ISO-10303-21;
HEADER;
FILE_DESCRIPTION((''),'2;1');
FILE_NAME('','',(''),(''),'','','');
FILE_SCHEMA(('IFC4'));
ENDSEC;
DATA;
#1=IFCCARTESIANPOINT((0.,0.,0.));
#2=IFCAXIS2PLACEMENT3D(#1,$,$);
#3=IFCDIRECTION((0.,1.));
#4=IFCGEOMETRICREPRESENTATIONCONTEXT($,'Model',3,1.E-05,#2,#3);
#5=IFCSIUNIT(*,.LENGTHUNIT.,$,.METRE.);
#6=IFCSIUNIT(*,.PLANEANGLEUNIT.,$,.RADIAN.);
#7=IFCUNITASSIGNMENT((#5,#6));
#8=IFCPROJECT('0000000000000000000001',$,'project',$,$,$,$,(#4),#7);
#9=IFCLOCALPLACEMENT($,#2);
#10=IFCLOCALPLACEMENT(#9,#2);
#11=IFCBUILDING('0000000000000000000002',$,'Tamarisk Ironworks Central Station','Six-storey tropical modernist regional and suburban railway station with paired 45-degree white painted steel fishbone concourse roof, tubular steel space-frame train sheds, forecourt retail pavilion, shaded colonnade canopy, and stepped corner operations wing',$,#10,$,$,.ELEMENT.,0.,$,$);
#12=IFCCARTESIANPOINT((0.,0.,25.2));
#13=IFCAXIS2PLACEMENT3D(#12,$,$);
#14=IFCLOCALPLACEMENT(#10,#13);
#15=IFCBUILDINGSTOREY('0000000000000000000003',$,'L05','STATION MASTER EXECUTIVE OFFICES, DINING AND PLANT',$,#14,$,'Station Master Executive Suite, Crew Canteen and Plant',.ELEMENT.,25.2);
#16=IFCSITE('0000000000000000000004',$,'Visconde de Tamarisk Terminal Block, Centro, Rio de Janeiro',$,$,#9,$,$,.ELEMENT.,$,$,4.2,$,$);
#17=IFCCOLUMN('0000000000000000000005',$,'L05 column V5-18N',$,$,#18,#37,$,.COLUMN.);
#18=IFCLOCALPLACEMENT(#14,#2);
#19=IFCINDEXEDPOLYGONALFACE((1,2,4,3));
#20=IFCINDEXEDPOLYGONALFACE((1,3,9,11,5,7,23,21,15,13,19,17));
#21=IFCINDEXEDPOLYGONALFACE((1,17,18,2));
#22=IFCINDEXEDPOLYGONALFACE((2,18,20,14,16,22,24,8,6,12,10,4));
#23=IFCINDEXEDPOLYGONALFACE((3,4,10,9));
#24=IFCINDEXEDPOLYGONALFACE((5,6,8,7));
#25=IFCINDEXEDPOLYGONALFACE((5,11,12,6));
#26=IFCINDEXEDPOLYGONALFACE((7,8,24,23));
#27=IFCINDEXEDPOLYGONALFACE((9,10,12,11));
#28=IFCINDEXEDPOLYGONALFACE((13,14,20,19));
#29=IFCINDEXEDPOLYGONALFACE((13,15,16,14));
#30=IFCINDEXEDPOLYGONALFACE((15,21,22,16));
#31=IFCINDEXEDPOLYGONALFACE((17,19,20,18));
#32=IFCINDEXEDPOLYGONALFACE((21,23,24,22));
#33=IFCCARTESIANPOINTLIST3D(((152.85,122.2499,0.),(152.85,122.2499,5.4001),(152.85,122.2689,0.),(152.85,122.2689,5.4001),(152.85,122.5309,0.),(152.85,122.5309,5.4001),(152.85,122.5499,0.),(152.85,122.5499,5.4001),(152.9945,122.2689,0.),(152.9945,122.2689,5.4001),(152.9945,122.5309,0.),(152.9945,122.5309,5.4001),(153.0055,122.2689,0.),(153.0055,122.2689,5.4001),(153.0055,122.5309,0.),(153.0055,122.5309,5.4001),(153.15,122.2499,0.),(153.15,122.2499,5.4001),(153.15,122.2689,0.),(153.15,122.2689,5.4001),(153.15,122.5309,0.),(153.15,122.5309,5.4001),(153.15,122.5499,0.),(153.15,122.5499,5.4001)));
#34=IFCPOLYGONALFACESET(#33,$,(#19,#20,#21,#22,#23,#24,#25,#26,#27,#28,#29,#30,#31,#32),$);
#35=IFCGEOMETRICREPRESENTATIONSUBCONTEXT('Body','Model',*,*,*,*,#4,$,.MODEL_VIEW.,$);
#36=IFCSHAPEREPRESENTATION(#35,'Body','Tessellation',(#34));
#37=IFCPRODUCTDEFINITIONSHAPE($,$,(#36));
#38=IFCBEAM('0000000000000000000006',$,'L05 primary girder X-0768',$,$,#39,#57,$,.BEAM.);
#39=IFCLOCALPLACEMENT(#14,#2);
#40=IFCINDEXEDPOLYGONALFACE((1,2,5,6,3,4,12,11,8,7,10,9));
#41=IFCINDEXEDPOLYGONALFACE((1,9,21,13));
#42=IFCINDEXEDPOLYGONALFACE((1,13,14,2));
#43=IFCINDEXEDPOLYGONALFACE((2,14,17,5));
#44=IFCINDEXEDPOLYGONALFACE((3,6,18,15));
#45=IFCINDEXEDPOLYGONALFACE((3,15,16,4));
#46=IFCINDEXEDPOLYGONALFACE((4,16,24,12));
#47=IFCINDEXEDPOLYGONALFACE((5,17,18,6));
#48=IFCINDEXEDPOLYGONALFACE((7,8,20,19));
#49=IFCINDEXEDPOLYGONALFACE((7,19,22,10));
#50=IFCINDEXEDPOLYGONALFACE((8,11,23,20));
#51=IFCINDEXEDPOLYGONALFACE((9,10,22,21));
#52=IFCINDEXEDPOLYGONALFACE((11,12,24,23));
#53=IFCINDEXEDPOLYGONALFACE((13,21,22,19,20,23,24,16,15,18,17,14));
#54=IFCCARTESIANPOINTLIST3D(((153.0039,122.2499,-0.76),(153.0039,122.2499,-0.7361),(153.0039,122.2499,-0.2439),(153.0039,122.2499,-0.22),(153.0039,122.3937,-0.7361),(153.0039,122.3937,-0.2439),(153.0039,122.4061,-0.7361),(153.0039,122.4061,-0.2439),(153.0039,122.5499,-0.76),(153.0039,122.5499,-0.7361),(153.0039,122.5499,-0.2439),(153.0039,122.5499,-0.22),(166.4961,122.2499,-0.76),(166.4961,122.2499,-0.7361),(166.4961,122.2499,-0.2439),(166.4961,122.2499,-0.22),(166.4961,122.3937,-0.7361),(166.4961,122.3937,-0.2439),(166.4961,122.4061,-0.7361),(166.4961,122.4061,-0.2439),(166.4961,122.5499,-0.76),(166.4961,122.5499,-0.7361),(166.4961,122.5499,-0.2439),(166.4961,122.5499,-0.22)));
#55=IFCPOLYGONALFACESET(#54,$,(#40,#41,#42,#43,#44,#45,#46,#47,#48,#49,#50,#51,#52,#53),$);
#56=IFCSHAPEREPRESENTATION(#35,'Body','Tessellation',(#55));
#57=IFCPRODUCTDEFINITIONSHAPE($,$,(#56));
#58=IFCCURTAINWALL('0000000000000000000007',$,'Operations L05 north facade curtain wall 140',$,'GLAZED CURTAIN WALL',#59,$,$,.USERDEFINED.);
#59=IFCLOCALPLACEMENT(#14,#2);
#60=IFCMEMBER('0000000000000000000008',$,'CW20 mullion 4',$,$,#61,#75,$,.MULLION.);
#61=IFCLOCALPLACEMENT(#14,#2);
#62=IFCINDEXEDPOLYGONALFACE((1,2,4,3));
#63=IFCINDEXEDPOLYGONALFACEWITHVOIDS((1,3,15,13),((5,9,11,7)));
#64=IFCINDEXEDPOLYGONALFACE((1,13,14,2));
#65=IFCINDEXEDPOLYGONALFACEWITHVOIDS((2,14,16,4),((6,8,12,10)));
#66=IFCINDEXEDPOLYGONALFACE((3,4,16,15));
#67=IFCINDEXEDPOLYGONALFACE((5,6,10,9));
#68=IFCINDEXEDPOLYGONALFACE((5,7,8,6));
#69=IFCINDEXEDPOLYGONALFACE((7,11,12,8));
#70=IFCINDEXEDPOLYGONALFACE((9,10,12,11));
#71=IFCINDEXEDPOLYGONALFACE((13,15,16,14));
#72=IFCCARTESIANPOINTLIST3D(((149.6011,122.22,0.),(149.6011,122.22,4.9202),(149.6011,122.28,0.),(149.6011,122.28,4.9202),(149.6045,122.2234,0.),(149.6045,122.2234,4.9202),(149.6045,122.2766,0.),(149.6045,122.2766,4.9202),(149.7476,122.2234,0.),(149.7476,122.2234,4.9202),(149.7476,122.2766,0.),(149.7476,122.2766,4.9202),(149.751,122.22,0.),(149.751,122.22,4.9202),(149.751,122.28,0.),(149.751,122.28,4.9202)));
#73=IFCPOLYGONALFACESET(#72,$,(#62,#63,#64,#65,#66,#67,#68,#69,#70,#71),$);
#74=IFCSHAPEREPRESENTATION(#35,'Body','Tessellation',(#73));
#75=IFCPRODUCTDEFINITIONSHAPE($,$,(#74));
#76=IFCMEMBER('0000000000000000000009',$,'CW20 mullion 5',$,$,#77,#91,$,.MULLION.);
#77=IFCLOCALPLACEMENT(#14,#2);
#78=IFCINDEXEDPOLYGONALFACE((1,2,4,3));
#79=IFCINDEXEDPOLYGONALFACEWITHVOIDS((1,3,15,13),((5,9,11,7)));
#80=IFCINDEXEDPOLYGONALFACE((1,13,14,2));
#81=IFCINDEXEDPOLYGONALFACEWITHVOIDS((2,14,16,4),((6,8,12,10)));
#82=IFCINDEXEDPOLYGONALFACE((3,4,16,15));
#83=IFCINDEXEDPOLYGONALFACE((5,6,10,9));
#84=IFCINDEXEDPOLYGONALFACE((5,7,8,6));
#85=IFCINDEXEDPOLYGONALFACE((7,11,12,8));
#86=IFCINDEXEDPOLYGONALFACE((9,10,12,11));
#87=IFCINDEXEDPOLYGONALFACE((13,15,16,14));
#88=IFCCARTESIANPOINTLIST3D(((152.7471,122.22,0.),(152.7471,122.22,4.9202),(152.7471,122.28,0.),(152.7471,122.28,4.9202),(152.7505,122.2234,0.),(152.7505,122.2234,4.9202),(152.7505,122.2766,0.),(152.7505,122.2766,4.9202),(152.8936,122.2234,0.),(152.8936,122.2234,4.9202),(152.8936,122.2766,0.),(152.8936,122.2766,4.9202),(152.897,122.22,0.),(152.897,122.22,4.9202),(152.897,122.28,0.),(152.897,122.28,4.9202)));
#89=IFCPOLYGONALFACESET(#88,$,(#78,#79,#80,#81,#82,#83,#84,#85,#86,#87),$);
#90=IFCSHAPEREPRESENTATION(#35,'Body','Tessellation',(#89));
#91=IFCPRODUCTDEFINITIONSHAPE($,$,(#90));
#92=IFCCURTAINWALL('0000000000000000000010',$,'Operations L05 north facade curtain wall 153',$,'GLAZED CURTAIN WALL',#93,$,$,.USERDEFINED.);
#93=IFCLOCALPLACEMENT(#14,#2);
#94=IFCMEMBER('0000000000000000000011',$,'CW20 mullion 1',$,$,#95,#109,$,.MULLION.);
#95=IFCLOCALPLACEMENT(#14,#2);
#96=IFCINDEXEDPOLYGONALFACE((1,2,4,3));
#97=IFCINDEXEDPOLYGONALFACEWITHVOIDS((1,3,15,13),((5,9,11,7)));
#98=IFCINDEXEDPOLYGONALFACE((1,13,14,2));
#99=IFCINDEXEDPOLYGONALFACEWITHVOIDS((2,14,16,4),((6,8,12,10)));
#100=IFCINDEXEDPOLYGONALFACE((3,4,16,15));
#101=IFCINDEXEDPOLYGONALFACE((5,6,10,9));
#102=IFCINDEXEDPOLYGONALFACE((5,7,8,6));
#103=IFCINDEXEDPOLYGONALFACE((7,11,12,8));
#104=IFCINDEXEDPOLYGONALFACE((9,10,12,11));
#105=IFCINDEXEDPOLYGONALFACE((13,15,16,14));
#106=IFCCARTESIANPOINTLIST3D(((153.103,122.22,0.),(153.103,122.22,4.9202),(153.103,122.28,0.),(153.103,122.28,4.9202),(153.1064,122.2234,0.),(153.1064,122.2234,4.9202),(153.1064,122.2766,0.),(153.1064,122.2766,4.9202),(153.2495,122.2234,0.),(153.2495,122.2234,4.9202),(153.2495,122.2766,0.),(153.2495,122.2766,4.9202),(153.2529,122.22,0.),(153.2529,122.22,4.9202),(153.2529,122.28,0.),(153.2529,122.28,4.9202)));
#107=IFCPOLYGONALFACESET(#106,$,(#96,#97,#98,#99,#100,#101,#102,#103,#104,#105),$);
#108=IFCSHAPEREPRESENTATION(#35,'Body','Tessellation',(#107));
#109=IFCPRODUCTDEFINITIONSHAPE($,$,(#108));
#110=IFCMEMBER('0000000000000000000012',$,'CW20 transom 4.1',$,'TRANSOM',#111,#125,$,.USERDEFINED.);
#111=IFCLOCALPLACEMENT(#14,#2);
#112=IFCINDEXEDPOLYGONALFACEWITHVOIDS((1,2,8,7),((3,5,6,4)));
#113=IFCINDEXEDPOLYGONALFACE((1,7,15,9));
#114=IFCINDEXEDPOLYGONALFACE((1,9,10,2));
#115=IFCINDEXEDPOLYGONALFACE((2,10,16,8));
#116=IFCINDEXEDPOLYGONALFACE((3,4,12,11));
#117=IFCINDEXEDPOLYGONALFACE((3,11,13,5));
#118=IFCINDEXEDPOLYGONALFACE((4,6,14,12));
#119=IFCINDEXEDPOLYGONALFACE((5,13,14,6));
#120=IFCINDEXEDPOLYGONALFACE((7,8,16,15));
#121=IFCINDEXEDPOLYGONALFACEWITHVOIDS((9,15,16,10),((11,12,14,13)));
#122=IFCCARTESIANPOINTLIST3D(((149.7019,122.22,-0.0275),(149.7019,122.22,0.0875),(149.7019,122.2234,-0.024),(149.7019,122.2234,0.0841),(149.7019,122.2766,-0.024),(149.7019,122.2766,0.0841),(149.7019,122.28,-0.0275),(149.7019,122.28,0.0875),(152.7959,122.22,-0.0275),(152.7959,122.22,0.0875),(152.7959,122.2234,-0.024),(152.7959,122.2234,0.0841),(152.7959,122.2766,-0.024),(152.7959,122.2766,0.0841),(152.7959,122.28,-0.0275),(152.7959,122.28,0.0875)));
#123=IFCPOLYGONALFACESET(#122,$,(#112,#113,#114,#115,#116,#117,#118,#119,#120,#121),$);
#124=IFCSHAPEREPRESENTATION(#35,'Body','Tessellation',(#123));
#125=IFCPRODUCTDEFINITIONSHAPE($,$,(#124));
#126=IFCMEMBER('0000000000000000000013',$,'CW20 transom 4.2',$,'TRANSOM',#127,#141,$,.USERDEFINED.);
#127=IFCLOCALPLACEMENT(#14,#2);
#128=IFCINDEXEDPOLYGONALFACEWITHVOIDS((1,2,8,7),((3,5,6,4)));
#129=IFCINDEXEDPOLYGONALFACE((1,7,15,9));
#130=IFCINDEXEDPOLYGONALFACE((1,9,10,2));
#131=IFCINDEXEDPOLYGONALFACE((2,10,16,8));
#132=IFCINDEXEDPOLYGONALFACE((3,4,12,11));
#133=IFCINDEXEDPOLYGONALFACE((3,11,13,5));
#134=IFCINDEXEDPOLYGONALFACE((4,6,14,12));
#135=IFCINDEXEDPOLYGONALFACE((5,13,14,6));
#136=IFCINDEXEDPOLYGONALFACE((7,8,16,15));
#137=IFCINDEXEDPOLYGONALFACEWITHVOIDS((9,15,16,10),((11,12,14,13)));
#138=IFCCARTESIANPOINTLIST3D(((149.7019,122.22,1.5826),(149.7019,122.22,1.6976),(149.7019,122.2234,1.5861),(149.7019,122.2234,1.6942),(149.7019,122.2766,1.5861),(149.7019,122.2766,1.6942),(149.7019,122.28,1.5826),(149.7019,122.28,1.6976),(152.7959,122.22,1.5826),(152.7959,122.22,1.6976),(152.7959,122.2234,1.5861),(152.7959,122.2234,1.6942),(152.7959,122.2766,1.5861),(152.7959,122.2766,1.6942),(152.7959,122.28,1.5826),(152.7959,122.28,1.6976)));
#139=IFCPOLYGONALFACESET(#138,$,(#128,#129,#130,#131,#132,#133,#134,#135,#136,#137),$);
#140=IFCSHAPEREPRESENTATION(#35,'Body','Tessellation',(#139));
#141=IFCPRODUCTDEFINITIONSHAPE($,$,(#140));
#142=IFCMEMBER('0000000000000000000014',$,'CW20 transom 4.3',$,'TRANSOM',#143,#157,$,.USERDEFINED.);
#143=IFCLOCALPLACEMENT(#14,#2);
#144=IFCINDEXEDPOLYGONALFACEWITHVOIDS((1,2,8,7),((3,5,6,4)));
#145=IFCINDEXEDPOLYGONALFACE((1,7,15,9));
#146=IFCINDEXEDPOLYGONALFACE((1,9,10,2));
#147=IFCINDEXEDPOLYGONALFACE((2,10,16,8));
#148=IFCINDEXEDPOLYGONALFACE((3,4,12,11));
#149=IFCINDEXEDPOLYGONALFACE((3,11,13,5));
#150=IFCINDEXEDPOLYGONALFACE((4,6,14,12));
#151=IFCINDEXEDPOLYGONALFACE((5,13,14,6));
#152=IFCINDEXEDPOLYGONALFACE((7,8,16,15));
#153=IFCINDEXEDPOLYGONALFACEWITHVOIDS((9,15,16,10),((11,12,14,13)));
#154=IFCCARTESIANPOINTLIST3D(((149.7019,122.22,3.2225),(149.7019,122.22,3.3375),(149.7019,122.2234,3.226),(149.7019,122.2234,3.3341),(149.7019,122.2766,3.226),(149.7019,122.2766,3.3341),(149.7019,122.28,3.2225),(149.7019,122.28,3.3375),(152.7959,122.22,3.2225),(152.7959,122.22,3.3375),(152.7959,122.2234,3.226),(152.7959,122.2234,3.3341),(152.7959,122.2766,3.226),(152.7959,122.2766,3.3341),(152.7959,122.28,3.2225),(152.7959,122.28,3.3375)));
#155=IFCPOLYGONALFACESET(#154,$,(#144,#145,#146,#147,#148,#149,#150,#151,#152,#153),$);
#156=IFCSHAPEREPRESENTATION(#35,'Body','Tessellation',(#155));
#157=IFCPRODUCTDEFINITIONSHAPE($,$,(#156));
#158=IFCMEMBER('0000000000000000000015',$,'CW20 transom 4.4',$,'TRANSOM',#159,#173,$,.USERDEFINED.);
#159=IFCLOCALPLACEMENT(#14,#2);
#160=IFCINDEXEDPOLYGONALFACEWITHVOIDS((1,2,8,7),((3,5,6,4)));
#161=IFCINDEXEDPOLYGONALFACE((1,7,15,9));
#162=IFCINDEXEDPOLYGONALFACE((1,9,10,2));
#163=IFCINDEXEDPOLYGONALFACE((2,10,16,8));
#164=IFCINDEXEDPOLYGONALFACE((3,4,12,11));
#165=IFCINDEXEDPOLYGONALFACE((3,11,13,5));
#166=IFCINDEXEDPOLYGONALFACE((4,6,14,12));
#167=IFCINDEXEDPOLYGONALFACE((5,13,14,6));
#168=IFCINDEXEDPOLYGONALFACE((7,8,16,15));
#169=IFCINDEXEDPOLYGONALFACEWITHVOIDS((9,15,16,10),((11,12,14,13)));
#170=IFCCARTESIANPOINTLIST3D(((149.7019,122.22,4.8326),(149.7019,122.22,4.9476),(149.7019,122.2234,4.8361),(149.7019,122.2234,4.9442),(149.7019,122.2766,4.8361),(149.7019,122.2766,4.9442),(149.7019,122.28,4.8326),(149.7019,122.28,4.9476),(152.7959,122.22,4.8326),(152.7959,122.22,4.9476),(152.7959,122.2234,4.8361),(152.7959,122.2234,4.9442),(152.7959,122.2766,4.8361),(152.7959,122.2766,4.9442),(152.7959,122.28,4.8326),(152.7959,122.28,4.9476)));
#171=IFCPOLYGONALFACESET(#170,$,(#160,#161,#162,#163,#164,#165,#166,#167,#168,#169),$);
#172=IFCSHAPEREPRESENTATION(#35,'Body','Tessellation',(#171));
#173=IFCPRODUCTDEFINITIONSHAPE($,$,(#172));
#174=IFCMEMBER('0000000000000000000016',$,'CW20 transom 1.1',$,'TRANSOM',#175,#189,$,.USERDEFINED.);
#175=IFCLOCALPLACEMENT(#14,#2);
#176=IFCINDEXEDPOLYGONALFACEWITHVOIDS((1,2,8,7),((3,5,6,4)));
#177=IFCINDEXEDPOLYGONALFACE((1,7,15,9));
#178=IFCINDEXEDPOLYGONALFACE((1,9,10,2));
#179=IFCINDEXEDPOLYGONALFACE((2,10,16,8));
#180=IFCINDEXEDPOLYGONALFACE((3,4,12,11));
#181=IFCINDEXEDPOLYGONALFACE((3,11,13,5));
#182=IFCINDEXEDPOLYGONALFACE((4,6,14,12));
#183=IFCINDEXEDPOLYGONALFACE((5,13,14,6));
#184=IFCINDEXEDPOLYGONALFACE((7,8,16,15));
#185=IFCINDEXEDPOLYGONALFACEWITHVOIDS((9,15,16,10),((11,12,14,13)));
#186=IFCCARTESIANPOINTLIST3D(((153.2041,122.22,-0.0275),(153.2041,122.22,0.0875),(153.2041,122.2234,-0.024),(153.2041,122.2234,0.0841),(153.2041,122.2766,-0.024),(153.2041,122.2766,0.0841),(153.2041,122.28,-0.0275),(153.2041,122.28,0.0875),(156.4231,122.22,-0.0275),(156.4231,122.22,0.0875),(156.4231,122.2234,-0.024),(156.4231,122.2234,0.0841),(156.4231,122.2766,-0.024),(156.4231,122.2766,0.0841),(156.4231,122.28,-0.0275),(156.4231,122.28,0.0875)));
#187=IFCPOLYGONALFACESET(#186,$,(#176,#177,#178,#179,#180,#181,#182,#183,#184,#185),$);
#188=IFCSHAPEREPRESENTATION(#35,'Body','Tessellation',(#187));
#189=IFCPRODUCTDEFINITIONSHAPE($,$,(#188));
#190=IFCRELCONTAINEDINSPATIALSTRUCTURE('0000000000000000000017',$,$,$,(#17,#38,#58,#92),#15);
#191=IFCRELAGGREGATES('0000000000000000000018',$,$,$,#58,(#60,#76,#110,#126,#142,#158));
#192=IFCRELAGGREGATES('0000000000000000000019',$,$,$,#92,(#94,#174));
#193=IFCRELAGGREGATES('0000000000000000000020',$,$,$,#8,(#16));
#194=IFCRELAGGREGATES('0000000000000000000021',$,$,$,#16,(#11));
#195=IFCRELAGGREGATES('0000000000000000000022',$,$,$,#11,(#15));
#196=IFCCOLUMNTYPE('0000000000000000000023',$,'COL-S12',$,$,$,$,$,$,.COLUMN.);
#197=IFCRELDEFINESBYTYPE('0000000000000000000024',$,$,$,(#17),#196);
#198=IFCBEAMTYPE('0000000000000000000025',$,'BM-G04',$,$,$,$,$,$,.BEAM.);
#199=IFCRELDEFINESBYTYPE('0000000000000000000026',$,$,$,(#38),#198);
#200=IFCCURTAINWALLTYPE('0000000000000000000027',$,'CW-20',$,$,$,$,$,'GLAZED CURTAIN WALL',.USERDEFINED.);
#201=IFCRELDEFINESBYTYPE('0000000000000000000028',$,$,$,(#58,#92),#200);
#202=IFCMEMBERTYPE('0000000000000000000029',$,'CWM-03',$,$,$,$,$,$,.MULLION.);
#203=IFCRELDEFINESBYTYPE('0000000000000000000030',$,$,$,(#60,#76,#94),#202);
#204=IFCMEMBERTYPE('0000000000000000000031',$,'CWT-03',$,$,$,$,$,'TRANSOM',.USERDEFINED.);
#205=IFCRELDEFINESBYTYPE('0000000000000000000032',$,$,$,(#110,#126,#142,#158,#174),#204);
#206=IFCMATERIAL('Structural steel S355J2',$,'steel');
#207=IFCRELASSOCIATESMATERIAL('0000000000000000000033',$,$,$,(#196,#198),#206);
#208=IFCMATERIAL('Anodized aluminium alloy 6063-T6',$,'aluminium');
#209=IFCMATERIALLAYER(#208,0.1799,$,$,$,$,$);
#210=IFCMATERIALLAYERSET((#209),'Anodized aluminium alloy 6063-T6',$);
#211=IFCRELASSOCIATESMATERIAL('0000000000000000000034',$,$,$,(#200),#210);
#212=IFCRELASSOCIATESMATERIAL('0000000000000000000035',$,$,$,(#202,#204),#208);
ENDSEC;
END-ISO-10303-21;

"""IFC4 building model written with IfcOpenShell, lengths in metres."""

from ifc_helpers import new_model, si_unit, direction, frame, origin, origin_2d, place, context, subcontext, project, spatial, hollow_rectangle, i_section, extrude, material, layer, layer_set, material_profile, profile_set, type_object, element, aggregate, save


model = new_model("IFC4")

# Units and contexts
model_context = context("Model", 3, precision=1e-05, world=origin(), true_north=direction((0.0, 1.0)))
body_context = subcontext(model_context, "Body", "Model", "MODEL_VIEW")
ifc_project = project(units=[si_unit("LENGTHUNIT", "METRE"), si_unit("PLANEANGLEUNIT", "RADIAN")], contexts=[model_context])

# Site, building, storey
site_placement = place(None, origin())
site = spatial("IfcSite", under=ifc_project, at=site_placement, Name="Visconde de Tamarisk Terminal Block, Centro, Rio de Janeiro", CompositionType="ELEMENT", RefElevation=4.2)
building_placement = place(site_placement, origin())
building = spatial("IfcBuilding", under=site, at=building_placement, Name="Tamarisk Ironworks Central Station", Description="Six-storey tropical modernist regional and suburban railway station with paired 45-degree white painted steel fishbone concourse roof, tubular steel space-frame train sheds, forecourt retail pavilion, shaded colonnade canopy, and stepped corner operations wing", CompositionType="ELEMENT", ElevationOfRefHeight=0.0)
storey_placement = place(building_placement, frame((0.0, 0.0, 25.2)))
storey = spatial("IfcBuildingStorey", under=building, at=storey_placement, Name="L05", Description="STATION MASTER EXECUTIVE OFFICES, DINING AND PLANT", LongName="Station Master Executive Suite, Crew Canteen and Plant", CompositionType="ELEMENT", Elevation=25.2)

# Column
ifc_material_1 = material(Name="Structural steel S355J2", Category="steel")
ifc_material_profile_1 = material_profile(ifc_material_1, i_section(OverallWidth=0.3, OverallDepth=0.3, WebThickness=0.011, FlangeThickness=0.019, at=origin_2d()), Name="HEB 300")
ifc_profile_set_1 = profile_set([ifc_material_profile_1], Name="Structural steel S355J2")
column_type = type_object("IfcColumnType", Name="COL-S12", PredefinedType="COLUMN", material=ifc_profile_set_1)
column_placement = place(storey_placement, frame((153.0, 122.3999, 0.0), z_axis=(0.0, 0.0, 1.0), x_axis=(1.0, 0.0, 0.0)))
element("IfcColumn", 1, at=column_placement, inside=storey, type_object=column_type, Name="L05 column V5-18N", PredefinedType="COLUMN", context=body_context, shape_type="SweptSolid", body=[
    extrude(i_section(OverallWidth=0.3, OverallDepth=0.3, WebThickness=0.011, FlangeThickness=0.019, at=origin_2d()), origin(), (0.0, 0.0, 1.0), 5.4001),
])

# Beam
ifc_material_profile_2 = material_profile(ifc_material_1, i_section(OverallWidth=0.3, OverallDepth=0.54, WebThickness=0.0125, FlangeThickness=0.0239, at=origin_2d()), Name="HEA 550")
ifc_profile_set_2 = profile_set([ifc_material_profile_2], Name="Structural steel S355J2")
beam_type = type_object("IfcBeamType", Name="BM-G04", PredefinedType="BEAM", material=ifc_profile_set_2)
beam_placement = place(storey_placement, frame((153.0039, 122.3999, -0.49), z_axis=(1.0, 0.0, 0.0), x_axis=(0.0, 1.0, 0.0)))
element("IfcBeam", 2, at=beam_placement, inside=storey, type_object=beam_type, Name="L05 primary girder X-0768", PredefinedType="BEAM", context=body_context, shape_type="SweptSolid", body=[
    extrude(i_section(OverallWidth=0.3, OverallDepth=0.54, WebThickness=0.0125, FlangeThickness=0.0239, at=origin_2d()), origin(), (0.0, 0.0, 1.0), 13.4922),
])

# Curtain wall, members
ifc_material_2 = material(Name="Anodized aluminium alloy 6063-T6", Category="aluminium")
ifc_layer_1 = layer(ifc_material_2, 0.1799)
ifc_layer_set_1 = layer_set([ifc_layer_1], Name="Anodized aluminium alloy 6063-T6")
curtain_wall_type = type_object("IfcCurtainWallType", Name="CW-20", ElementType="GLAZED CURTAIN WALL", PredefinedType="USERDEFINED", material=ifc_layer_set_1)
curtain_wall_1_placement = place(storey_placement, origin())
curtain_wall_1 = element("IfcCurtainWall", 3, at=curtain_wall_1_placement, inside=storey, type_object=curtain_wall_type, Name="Operations L05 north facade curtain wall 140", ObjectType="GLAZED CURTAIN WALL", PredefinedType="USERDEFINED")
ifc_material_profile_3 = material_profile(ifc_material_2, hollow_rectangle(XDim=0.0601, YDim=0.1499, WallThickness=0.0034, at=origin_2d()), Name="ALUM 150x60")
ifc_profile_set_3 = profile_set([ifc_material_profile_3], Name="Anodized aluminium alloy 6063-T6")
member_type_1 = type_object("IfcMemberType", Name="CWM-03", PredefinedType="MULLION", material=ifc_profile_set_3)
member_1_placement = place(storey_placement, frame((149.676, 122.25, 0.0), z_axis=(0.0, 0.0, 1.0), x_axis=(0.0, 1.0, 0.0)))
member_1 = element("IfcMember", 4, at=member_1_placement, type_object=member_type_1, Name="CW20 mullion 4", PredefinedType="MULLION", context=body_context, shape_type="SweptSolid", body=[
    extrude(hollow_rectangle(XDim=0.0601, YDim=0.1499, WallThickness=0.0034, at=origin_2d()), origin(), (0.0, 0.0, 1.0), 4.9202),
])
member_2_placement = place(storey_placement, frame((152.822, 122.25, 0.0), z_axis=(0.0, 0.0, 1.0), x_axis=(0.0, 1.0, 0.0)))
member_2 = element("IfcMember", 5, at=member_2_placement, type_object=member_type_1, Name="CW20 mullion 5", PredefinedType="MULLION", context=body_context, shape_type="SweptSolid", body=[
    extrude(hollow_rectangle(XDim=0.0601, YDim=0.1499, WallThickness=0.0034, at=origin_2d()), origin(), (0.0, 0.0, 1.0), 4.9202),
])

# Curtain wall, member
curtain_wall_2_placement = place(storey_placement, origin())
curtain_wall_2 = element("IfcCurtainWall", 6, at=curtain_wall_2_placement, inside=storey, type_object=curtain_wall_type, Name="Operations L05 north facade curtain wall 153", ObjectType="GLAZED CURTAIN WALL", PredefinedType="USERDEFINED")
member_3_placement = place(storey_placement, frame((153.178, 122.25, 0.0), z_axis=(0.0, 0.0, 1.0), x_axis=(0.0, 1.0, 0.0)))
member_3 = element("IfcMember", 7, at=member_3_placement, type_object=member_type_1, Name="CW20 mullion 1", PredefinedType="MULLION", context=body_context, shape_type="SweptSolid", body=[
    extrude(hollow_rectangle(XDim=0.0601, YDim=0.1499, WallThickness=0.0034, at=origin_2d()), origin(), (0.0, 0.0, 1.0), 4.9202),
])

# Members
ifc_material_profile_4 = material_profile(ifc_material_2, hollow_rectangle(XDim=0.0601, YDim=0.115, WallThickness=0.0034, at=origin_2d()), Name="ALUM 115x60")
ifc_profile_set_4 = profile_set([ifc_material_profile_4], Name="Anodized aluminium alloy 6063-T6")
member_type_2 = type_object("IfcMemberType", Name="CWT-03", ElementType="TRANSOM", PredefinedType="USERDEFINED", material=ifc_profile_set_4)
member_4_placement = place(storey_placement, frame((149.7019, 122.25, 0.03), z_axis=(1.0, 0.0, 0.0), x_axis=(0.0, 1.0, 0.0)))
member_4 = element("IfcMember", 8, at=member_4_placement, type_object=member_type_2, Name="CW20 transom 4.1", ObjectType="TRANSOM", PredefinedType="USERDEFINED", context=body_context, shape_type="SweptSolid", body=[
    extrude(hollow_rectangle(XDim=0.0601, YDim=0.115, WallThickness=0.0034, at=origin_2d()), origin(), (0.0, 0.0, 1.0), 3.094),
])
member_5_placement = place(storey_placement, frame((149.7019, 122.25, 1.6401), z_axis=(1.0, 0.0, 0.0), x_axis=(0.0, 1.0, 0.0)))
member_5 = element("IfcMember", 9, at=member_5_placement, type_object=member_type_2, Name="CW20 transom 4.2", ObjectType="TRANSOM", PredefinedType="USERDEFINED", context=body_context, shape_type="SweptSolid", body=[
    extrude(hollow_rectangle(XDim=0.0601, YDim=0.115, WallThickness=0.0034, at=origin_2d()), origin(), (0.0, 0.0, 1.0), 3.094),
])
member_6_placement = place(storey_placement, frame((149.7019, 122.25, 3.28), z_axis=(1.0, 0.0, 0.0), x_axis=(0.0, 1.0, 0.0)))
member_6 = element("IfcMember", 10, at=member_6_placement, type_object=member_type_2, Name="CW20 transom 4.3", ObjectType="TRANSOM", PredefinedType="USERDEFINED", context=body_context, shape_type="SweptSolid", body=[
    extrude(hollow_rectangle(XDim=0.0601, YDim=0.115, WallThickness=0.0034, at=origin_2d()), origin(), (0.0, 0.0, 1.0), 3.094),
])
member_7_placement = place(storey_placement, frame((149.7019, 122.25, 4.8901), z_axis=(1.0, 0.0, 0.0), x_axis=(0.0, 1.0, 0.0)))
member_7 = element("IfcMember", 11, at=member_7_placement, type_object=member_type_2, Name="CW20 transom 4.4", ObjectType="TRANSOM", PredefinedType="USERDEFINED", context=body_context, shape_type="SweptSolid", body=[
    extrude(hollow_rectangle(XDim=0.0601, YDim=0.115, WallThickness=0.0034, at=origin_2d()), origin(), (0.0, 0.0, 1.0), 3.094),
])
member_8_placement = place(storey_placement, frame((153.2041, 122.25, 0.03), z_axis=(1.0, 0.0, 0.0), x_axis=(0.0, 1.0, 0.0)))
member_8 = element("IfcMember", 12, at=member_8_placement, type_object=member_type_2, Name="CW20 transom 1.1", ObjectType="TRANSOM", PredefinedType="USERDEFINED", context=body_context, shape_type="SweptSolid", body=[
    extrude(hollow_rectangle(XDim=0.0601, YDim=0.115, WallThickness=0.0034, at=origin_2d()), origin(), (0.0, 0.0, 1.0), 3.219),
])

aggregate(curtain_wall_1, [member_1, member_2, member_4, member_5, member_6, member_7])
aggregate(curtain_wall_2, [member_3, member_8])

save(model, "model.ifc")
